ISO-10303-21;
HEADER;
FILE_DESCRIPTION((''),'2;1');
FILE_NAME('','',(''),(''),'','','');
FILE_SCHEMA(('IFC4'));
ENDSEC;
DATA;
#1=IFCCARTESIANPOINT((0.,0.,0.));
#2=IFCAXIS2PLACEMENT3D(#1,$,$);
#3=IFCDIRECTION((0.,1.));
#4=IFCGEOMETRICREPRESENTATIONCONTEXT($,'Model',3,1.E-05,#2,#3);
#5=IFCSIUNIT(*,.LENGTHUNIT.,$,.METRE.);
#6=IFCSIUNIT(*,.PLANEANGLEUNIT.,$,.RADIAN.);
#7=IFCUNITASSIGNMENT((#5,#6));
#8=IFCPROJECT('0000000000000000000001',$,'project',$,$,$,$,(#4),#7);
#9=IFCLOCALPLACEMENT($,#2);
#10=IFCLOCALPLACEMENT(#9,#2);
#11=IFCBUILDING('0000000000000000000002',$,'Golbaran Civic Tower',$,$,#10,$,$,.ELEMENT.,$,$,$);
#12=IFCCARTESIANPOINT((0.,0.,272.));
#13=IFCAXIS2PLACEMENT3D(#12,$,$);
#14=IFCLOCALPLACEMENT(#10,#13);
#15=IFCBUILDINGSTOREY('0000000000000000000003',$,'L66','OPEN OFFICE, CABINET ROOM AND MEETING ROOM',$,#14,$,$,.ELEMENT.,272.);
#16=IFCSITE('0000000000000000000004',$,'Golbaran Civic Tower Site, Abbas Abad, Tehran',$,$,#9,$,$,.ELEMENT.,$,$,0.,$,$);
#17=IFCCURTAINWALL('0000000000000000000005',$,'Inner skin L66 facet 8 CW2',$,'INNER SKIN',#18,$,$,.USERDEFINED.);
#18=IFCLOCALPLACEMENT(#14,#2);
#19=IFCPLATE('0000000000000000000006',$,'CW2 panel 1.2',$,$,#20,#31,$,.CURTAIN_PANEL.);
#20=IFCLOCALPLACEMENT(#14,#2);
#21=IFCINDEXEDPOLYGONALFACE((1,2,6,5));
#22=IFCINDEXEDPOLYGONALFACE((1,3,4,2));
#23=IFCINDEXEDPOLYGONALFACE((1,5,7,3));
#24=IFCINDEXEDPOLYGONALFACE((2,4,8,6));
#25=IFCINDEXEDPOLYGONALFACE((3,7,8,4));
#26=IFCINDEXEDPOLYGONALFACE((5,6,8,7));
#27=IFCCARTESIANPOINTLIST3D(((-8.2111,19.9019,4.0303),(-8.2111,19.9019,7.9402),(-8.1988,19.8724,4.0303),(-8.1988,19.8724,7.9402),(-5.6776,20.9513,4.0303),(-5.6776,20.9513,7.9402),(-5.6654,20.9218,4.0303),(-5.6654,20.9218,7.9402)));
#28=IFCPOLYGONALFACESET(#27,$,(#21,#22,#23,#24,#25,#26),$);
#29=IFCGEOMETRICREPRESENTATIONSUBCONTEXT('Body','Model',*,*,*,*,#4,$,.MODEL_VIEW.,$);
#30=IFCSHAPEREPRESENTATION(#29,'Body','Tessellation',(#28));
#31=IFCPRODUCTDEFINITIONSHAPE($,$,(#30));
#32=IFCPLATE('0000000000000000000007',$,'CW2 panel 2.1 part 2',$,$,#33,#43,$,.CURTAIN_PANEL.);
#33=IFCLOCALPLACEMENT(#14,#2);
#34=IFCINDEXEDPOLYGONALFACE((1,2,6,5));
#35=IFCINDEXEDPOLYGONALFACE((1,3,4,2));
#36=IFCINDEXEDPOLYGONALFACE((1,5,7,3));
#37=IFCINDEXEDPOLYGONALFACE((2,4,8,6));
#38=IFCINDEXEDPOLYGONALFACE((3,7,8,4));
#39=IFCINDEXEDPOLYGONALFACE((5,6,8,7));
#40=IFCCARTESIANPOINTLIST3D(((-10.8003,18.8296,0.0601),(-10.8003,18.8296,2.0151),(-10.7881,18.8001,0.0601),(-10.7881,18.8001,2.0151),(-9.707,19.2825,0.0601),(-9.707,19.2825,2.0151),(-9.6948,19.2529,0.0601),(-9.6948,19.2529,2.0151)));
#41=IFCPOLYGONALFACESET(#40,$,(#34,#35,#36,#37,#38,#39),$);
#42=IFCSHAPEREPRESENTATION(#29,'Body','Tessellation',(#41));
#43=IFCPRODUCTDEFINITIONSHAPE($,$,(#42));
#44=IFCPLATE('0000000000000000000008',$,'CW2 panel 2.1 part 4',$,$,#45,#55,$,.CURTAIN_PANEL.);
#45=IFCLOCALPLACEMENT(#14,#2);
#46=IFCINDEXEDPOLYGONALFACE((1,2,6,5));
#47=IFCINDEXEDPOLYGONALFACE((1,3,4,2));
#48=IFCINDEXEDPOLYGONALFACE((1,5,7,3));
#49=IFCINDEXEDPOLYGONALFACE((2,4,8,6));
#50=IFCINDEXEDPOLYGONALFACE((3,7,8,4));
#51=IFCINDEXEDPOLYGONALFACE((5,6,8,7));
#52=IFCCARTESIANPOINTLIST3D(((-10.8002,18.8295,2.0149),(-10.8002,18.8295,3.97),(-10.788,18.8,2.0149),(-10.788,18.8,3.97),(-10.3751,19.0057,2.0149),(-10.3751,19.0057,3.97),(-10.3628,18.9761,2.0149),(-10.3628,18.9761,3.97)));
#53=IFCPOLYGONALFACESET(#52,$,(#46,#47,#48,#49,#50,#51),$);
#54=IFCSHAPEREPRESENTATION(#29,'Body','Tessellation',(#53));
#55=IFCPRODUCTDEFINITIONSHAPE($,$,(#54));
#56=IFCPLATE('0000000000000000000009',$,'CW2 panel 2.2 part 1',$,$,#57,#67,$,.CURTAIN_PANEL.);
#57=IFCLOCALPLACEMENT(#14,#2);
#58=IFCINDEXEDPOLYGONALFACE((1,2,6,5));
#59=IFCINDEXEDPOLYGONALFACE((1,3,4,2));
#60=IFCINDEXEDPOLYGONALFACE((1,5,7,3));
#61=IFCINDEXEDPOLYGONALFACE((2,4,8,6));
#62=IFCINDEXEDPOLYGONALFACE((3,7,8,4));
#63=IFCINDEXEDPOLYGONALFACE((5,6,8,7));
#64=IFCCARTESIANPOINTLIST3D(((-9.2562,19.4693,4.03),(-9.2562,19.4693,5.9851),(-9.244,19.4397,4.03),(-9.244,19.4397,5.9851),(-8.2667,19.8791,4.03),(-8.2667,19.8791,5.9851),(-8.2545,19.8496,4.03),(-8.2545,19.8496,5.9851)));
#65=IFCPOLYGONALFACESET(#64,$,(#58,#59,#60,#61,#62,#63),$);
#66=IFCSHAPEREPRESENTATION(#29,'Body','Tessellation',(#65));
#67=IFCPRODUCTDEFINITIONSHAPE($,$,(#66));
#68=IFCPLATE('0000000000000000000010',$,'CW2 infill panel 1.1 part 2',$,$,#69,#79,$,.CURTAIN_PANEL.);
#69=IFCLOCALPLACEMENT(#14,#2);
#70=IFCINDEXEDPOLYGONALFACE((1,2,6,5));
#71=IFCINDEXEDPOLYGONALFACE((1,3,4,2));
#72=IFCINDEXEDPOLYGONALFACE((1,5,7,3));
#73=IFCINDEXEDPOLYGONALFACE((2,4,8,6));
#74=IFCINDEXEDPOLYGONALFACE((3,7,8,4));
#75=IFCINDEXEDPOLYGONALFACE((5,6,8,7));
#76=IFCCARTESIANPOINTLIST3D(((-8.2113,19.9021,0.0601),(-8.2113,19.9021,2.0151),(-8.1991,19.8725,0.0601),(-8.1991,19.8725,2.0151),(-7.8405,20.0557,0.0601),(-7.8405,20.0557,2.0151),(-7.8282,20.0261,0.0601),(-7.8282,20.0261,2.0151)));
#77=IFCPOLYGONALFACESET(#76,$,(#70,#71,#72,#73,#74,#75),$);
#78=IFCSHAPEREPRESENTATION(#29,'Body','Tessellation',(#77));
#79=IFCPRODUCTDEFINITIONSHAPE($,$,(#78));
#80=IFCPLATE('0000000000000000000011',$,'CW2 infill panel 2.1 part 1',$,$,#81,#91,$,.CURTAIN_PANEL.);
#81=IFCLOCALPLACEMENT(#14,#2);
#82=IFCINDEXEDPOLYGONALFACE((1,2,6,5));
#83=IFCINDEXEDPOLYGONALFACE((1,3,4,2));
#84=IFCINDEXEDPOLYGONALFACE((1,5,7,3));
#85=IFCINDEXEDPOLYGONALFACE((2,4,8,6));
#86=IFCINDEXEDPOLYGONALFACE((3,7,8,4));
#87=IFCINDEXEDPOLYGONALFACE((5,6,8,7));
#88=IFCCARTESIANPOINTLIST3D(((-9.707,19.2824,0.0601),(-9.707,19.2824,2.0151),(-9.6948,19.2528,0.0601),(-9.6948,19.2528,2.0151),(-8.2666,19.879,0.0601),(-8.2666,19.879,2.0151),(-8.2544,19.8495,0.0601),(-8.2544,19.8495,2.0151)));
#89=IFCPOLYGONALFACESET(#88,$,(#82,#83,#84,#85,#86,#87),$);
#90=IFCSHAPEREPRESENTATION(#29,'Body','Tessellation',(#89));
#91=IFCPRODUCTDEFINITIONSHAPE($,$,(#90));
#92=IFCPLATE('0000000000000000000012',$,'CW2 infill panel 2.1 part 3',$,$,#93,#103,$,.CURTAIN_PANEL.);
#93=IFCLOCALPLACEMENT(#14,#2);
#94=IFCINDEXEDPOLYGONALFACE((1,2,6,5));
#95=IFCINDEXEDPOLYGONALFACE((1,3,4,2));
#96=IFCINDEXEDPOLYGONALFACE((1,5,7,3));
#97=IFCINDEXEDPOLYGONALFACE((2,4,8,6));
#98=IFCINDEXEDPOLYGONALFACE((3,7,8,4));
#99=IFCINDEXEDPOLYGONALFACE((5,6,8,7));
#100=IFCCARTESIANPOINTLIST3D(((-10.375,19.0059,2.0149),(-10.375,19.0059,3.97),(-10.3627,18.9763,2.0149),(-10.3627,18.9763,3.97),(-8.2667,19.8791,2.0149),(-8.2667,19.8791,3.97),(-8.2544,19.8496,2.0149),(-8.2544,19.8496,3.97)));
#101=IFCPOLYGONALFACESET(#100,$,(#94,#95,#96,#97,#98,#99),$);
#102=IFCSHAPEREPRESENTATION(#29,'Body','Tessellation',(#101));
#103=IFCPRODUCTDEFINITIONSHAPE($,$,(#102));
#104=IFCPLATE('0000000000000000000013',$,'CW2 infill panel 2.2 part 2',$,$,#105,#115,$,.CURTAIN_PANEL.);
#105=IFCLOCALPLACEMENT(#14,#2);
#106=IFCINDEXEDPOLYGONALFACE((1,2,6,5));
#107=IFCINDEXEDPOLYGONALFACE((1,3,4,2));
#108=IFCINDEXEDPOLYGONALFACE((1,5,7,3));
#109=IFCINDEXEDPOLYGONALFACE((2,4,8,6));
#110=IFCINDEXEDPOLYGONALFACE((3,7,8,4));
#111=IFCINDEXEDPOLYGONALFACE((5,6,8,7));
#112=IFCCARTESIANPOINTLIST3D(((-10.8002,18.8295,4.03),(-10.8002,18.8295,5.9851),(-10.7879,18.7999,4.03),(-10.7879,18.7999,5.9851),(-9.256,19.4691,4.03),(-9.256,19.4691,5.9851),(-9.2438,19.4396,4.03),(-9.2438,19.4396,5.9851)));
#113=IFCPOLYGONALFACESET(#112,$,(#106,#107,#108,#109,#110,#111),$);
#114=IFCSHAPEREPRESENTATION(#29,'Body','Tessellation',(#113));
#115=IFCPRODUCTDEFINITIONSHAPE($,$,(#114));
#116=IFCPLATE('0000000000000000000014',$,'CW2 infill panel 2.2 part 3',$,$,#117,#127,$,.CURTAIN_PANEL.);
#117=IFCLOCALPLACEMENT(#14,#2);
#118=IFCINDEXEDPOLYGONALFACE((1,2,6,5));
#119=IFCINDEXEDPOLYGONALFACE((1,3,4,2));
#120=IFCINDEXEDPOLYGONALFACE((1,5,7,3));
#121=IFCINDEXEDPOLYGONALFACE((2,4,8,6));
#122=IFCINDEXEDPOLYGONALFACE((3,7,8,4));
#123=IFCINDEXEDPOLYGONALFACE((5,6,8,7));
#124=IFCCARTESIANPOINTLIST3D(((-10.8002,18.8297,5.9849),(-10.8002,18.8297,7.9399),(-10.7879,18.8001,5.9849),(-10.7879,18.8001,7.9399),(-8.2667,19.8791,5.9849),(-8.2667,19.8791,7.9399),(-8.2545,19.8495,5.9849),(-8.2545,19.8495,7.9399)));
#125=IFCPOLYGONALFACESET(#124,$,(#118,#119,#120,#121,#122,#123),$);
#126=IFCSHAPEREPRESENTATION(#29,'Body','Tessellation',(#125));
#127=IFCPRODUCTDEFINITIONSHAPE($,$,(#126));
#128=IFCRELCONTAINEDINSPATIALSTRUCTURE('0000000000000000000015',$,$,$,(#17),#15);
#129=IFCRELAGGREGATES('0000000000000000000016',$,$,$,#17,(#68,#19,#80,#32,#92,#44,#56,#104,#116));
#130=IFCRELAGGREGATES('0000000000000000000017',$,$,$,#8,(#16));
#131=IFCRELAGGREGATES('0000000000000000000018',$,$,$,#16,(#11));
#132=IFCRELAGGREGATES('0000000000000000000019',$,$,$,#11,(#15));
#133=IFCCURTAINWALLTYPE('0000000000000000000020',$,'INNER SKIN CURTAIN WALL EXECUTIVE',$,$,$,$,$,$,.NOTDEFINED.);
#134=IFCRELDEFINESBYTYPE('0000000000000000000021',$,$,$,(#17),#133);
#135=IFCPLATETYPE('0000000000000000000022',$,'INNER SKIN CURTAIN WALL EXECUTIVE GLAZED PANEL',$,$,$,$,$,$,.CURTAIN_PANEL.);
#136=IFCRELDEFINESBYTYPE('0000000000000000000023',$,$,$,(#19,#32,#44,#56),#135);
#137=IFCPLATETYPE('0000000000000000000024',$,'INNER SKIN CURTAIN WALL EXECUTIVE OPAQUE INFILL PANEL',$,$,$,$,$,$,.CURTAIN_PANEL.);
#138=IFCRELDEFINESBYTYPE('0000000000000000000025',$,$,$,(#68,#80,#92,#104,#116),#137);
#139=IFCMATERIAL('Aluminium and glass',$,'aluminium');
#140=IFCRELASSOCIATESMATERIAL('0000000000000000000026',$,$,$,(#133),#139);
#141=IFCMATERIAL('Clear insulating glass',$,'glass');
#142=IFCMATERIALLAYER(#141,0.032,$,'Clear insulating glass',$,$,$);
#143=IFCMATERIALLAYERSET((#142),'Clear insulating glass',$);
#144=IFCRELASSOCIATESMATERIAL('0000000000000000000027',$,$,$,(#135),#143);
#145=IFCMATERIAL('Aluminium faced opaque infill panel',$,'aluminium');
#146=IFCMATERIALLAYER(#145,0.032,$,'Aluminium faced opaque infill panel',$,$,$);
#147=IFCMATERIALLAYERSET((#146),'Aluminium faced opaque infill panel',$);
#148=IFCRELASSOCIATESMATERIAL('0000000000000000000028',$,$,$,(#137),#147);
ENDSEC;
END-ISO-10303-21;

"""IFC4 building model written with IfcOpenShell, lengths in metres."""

from ifc_helpers import new_model, si_unit, direction, frame, origin, origin_2d, place, context, subcontext, project, spatial, rectangle, extrude, material, layer, layer_set, type_object, element, aggregate, save


model = new_model("IFC4")

# Units and contexts
model_context = context("Model", 3, precision=1e-05, world=origin(), true_north=direction((0.0, 1.0)))
body_context = subcontext(model_context, "Body", "Model", "MODEL_VIEW")
ifc_project = project(units=[si_unit("LENGTHUNIT", "METRE"), si_unit("PLANEANGLEUNIT", "RADIAN")], contexts=[model_context])

# Site, building, storey
site_placement = place(None, origin())
site = spatial("IfcSite", under=ifc_project, at=site_placement, Name="Golbaran Civic Tower Site, Abbas Abad, Tehran", CompositionType="ELEMENT", RefElevation=0.0)
building_placement = place(site_placement, origin())
building = spatial("IfcBuilding", under=site, at=building_placement, Name="Golbaran Civic Tower", CompositionType="ELEMENT")
storey_placement = place(building_placement, frame((0.0, 0.0, 272.0)))
storey = spatial("IfcBuildingStorey", under=building, at=storey_placement, Name="L66", Description="OPEN OFFICE, CABINET ROOM AND MEETING ROOM", CompositionType="ELEMENT", Elevation=272.0)

# Curtain wall, plates
ifc_material_1 = material(Name="Aluminium and glass", Category="aluminium")
curtain_wall_type = type_object("IfcCurtainWallType", Name="INNER SKIN CURTAIN WALL EXECUTIVE", PredefinedType="NOTDEFINED", material=ifc_material_1)
curtain_wall_placement = place(storey_placement, origin())
curtain_wall = element("IfcCurtainWall", 1, at=curtain_wall_placement, inside=storey, type_object=curtain_wall_type, Name="Inner skin L66 facet 8 CW2", ObjectType="INNER SKIN", PredefinedType="USERDEFINED")
ifc_material_2 = material(Name="Clear insulating glass", Category="glass")
ifc_layer_1 = layer(ifc_material_2, 0.032, Name="Clear insulating glass")
ifc_layer_set_1 = layer_set([ifc_layer_1], Name="Clear insulating glass")
plate_type_1 = type_object("IfcPlateType", Name="INNER SKIN CURTAIN WALL EXECUTIVE GLAZED PANEL", PredefinedType="CURTAIN_PANEL", material=ifc_layer_set_1)
plate_1_placement = place(storey_placement, frame((-6.9382, 20.4119, 4.0303), z_axis=(0.0, 0.0, 1.0), x_axis=(-0.92388, -0.382683, 0.0)))
plate_1 = element("IfcPlate", 2, at=plate_1_placement, type_object=plate_type_1, Name="CW2 panel 1.2", PredefinedType="CURTAIN_PANEL", context=body_context, shape_type="SweptSolid", body=[
    extrude(rectangle(XDim=2.7422, YDim=0.032, at=origin_2d()), origin(), (0.0, 0.0, 1.0), 3.9099),
])
plate_2_placement = place(storey_placement, frame((-10.2476, 19.0413, 0.0601), z_axis=(0.0, 0.0, 1.0), x_axis=(-0.92388, -0.382683, 0.0)))
plate_2 = element("IfcPlate", 3, at=plate_2_placement, type_object=plate_type_1, Name="CW2 panel 2.1 part 2", PredefinedType="CURTAIN_PANEL", context=body_context, shape_type="SweptSolid", body=[
    extrude(rectangle(XDim=1.1833, YDim=0.032, at=origin_2d()), origin(), (0.0, 0.0, 1.0), 1.9551),
])
plate_3_placement = place(storey_placement, frame((-10.5815, 18.9028, 2.0149), z_axis=(0.0, 0.0, 1.0), x_axis=(-0.92388, -0.382683, 0.0)))
plate_3 = element("IfcPlate", 4, at=plate_3_placement, type_object=plate_type_1, Name="CW2 panel 2.1 part 4", PredefinedType="CURTAIN_PANEL", context=body_context, shape_type="SweptSolid", body=[
    extrude(rectangle(XDim=0.4602, YDim=0.032, at=origin_2d()), origin(), (0.0, 0.0, 1.0), 1.9551),
])
plate_4_placement = place(storey_placement, frame((-8.7554, 19.6594, 4.03), z_axis=(0.0, 0.0, 1.0), x_axis=(-0.92388, -0.382683, 0.0)))
plate_4 = element("IfcPlate", 5, at=plate_4_placement, type_object=plate_type_1, Name="CW2 panel 2.2 part 1", PredefinedType="CURTAIN_PANEL", context=body_context, shape_type="SweptSolid", body=[
    extrude(rectangle(XDim=1.071, YDim=0.032, at=origin_2d()), origin(), (0.0, 0.0, 1.0), 1.9551),
])
ifc_material_3 = material(Name="Aluminium faced opaque infill panel", Category="aluminium")
ifc_layer_2 = layer(ifc_material_3, 0.032, Name="Aluminium faced opaque infill panel")
ifc_layer_set_2 = layer_set([ifc_layer_2], Name="Aluminium faced opaque infill panel")
plate_type_2 = type_object("IfcPlateType", Name="INNER SKIN CURTAIN WALL EXECUTIVE OPAQUE INFILL PANEL", PredefinedType="CURTAIN_PANEL", material=ifc_layer_set_2)
plate_5_placement = place(storey_placement, frame((-8.0198, 19.9641, 0.0601), z_axis=(0.0, 0.0, 1.0), x_axis=(-0.92388, -0.382683, 0.0)))
plate_5 = element("IfcPlate", 6, at=plate_5_placement, type_object=plate_type_2, Name="CW2 infill panel 1.1 part 2", PredefinedType="CURTAIN_PANEL", context=body_context, shape_type="SweptSolid", body=[
    extrude(rectangle(XDim=0.4014, YDim=0.032, at=origin_2d()), origin(), (0.0, 0.0, 1.0), 1.9551),
])
plate_6_placement = place(storey_placement, frame((-8.9807, 19.5659, 0.0601), z_axis=(0.0, 0.0, 1.0), x_axis=(-0.92388, -0.382683, 0.0)))
plate_6 = element("IfcPlate", 7, at=plate_6_placement, type_object=plate_type_2, Name="CW2 infill panel 2.1 part 1", PredefinedType="CURTAIN_PANEL", context=body_context, shape_type="SweptSolid", body=[
    extrude(rectangle(XDim=1.5591, YDim=0.032, at=origin_2d()), origin(), (0.0, 0.0, 1.0), 1.9551),
])
plate_7_placement = place(storey_placement, frame((-9.3147, 19.4277, 2.0149), z_axis=(0.0, 0.0, 1.0), x_axis=(-0.92388, -0.382683, 0.0)))
plate_7 = element("IfcPlate", 8, at=plate_7_placement, type_object=plate_type_2, Name="CW2 infill panel 2.1 part 3", PredefinedType="CURTAIN_PANEL", context=body_context, shape_type="SweptSolid", body=[
    extrude(rectangle(XDim=2.282, YDim=0.032, at=origin_2d()), origin(), (0.0, 0.0, 1.0), 1.9551),
])
plate_8_placement = place(storey_placement, frame((-10.022, 19.1345, 4.03), z_axis=(0.0, 0.0, 1.0), x_axis=(-0.92388, -0.382683, 0.0)))
plate_8 = element("IfcPlate", 9, at=plate_8_placement, type_object=plate_type_2, Name="CW2 infill panel 2.2 part 2", PredefinedType="CURTAIN_PANEL", context=body_context, shape_type="SweptSolid", body=[
    extrude(rectangle(XDim=1.6714, YDim=0.032, at=origin_2d()), origin(), (0.0, 0.0, 1.0), 1.9551),
])
plate_9_placement = place(storey_placement, frame((-9.5273, 19.3396, 5.9849), z_axis=(0.0, 0.0, 1.0), x_axis=(-0.92388, -0.382683, 0.0)))
plate_9 = element("IfcPlate", 10, at=plate_9_placement, type_object=plate_type_2, Name="CW2 infill panel 2.2 part 3", PredefinedType="CURTAIN_PANEL", context=body_context, shape_type="SweptSolid", body=[
    extrude(rectangle(XDim=2.7422, YDim=0.032, at=origin_2d()), origin(), (0.0, 0.0, 1.0), 1.9551),
])
aggregate(curtain_wall, [plate_5, plate_1, plate_6, plate_2, plate_7, plate_3, plate_4, plate_8, plate_9])

save(model, "model.ifc")
